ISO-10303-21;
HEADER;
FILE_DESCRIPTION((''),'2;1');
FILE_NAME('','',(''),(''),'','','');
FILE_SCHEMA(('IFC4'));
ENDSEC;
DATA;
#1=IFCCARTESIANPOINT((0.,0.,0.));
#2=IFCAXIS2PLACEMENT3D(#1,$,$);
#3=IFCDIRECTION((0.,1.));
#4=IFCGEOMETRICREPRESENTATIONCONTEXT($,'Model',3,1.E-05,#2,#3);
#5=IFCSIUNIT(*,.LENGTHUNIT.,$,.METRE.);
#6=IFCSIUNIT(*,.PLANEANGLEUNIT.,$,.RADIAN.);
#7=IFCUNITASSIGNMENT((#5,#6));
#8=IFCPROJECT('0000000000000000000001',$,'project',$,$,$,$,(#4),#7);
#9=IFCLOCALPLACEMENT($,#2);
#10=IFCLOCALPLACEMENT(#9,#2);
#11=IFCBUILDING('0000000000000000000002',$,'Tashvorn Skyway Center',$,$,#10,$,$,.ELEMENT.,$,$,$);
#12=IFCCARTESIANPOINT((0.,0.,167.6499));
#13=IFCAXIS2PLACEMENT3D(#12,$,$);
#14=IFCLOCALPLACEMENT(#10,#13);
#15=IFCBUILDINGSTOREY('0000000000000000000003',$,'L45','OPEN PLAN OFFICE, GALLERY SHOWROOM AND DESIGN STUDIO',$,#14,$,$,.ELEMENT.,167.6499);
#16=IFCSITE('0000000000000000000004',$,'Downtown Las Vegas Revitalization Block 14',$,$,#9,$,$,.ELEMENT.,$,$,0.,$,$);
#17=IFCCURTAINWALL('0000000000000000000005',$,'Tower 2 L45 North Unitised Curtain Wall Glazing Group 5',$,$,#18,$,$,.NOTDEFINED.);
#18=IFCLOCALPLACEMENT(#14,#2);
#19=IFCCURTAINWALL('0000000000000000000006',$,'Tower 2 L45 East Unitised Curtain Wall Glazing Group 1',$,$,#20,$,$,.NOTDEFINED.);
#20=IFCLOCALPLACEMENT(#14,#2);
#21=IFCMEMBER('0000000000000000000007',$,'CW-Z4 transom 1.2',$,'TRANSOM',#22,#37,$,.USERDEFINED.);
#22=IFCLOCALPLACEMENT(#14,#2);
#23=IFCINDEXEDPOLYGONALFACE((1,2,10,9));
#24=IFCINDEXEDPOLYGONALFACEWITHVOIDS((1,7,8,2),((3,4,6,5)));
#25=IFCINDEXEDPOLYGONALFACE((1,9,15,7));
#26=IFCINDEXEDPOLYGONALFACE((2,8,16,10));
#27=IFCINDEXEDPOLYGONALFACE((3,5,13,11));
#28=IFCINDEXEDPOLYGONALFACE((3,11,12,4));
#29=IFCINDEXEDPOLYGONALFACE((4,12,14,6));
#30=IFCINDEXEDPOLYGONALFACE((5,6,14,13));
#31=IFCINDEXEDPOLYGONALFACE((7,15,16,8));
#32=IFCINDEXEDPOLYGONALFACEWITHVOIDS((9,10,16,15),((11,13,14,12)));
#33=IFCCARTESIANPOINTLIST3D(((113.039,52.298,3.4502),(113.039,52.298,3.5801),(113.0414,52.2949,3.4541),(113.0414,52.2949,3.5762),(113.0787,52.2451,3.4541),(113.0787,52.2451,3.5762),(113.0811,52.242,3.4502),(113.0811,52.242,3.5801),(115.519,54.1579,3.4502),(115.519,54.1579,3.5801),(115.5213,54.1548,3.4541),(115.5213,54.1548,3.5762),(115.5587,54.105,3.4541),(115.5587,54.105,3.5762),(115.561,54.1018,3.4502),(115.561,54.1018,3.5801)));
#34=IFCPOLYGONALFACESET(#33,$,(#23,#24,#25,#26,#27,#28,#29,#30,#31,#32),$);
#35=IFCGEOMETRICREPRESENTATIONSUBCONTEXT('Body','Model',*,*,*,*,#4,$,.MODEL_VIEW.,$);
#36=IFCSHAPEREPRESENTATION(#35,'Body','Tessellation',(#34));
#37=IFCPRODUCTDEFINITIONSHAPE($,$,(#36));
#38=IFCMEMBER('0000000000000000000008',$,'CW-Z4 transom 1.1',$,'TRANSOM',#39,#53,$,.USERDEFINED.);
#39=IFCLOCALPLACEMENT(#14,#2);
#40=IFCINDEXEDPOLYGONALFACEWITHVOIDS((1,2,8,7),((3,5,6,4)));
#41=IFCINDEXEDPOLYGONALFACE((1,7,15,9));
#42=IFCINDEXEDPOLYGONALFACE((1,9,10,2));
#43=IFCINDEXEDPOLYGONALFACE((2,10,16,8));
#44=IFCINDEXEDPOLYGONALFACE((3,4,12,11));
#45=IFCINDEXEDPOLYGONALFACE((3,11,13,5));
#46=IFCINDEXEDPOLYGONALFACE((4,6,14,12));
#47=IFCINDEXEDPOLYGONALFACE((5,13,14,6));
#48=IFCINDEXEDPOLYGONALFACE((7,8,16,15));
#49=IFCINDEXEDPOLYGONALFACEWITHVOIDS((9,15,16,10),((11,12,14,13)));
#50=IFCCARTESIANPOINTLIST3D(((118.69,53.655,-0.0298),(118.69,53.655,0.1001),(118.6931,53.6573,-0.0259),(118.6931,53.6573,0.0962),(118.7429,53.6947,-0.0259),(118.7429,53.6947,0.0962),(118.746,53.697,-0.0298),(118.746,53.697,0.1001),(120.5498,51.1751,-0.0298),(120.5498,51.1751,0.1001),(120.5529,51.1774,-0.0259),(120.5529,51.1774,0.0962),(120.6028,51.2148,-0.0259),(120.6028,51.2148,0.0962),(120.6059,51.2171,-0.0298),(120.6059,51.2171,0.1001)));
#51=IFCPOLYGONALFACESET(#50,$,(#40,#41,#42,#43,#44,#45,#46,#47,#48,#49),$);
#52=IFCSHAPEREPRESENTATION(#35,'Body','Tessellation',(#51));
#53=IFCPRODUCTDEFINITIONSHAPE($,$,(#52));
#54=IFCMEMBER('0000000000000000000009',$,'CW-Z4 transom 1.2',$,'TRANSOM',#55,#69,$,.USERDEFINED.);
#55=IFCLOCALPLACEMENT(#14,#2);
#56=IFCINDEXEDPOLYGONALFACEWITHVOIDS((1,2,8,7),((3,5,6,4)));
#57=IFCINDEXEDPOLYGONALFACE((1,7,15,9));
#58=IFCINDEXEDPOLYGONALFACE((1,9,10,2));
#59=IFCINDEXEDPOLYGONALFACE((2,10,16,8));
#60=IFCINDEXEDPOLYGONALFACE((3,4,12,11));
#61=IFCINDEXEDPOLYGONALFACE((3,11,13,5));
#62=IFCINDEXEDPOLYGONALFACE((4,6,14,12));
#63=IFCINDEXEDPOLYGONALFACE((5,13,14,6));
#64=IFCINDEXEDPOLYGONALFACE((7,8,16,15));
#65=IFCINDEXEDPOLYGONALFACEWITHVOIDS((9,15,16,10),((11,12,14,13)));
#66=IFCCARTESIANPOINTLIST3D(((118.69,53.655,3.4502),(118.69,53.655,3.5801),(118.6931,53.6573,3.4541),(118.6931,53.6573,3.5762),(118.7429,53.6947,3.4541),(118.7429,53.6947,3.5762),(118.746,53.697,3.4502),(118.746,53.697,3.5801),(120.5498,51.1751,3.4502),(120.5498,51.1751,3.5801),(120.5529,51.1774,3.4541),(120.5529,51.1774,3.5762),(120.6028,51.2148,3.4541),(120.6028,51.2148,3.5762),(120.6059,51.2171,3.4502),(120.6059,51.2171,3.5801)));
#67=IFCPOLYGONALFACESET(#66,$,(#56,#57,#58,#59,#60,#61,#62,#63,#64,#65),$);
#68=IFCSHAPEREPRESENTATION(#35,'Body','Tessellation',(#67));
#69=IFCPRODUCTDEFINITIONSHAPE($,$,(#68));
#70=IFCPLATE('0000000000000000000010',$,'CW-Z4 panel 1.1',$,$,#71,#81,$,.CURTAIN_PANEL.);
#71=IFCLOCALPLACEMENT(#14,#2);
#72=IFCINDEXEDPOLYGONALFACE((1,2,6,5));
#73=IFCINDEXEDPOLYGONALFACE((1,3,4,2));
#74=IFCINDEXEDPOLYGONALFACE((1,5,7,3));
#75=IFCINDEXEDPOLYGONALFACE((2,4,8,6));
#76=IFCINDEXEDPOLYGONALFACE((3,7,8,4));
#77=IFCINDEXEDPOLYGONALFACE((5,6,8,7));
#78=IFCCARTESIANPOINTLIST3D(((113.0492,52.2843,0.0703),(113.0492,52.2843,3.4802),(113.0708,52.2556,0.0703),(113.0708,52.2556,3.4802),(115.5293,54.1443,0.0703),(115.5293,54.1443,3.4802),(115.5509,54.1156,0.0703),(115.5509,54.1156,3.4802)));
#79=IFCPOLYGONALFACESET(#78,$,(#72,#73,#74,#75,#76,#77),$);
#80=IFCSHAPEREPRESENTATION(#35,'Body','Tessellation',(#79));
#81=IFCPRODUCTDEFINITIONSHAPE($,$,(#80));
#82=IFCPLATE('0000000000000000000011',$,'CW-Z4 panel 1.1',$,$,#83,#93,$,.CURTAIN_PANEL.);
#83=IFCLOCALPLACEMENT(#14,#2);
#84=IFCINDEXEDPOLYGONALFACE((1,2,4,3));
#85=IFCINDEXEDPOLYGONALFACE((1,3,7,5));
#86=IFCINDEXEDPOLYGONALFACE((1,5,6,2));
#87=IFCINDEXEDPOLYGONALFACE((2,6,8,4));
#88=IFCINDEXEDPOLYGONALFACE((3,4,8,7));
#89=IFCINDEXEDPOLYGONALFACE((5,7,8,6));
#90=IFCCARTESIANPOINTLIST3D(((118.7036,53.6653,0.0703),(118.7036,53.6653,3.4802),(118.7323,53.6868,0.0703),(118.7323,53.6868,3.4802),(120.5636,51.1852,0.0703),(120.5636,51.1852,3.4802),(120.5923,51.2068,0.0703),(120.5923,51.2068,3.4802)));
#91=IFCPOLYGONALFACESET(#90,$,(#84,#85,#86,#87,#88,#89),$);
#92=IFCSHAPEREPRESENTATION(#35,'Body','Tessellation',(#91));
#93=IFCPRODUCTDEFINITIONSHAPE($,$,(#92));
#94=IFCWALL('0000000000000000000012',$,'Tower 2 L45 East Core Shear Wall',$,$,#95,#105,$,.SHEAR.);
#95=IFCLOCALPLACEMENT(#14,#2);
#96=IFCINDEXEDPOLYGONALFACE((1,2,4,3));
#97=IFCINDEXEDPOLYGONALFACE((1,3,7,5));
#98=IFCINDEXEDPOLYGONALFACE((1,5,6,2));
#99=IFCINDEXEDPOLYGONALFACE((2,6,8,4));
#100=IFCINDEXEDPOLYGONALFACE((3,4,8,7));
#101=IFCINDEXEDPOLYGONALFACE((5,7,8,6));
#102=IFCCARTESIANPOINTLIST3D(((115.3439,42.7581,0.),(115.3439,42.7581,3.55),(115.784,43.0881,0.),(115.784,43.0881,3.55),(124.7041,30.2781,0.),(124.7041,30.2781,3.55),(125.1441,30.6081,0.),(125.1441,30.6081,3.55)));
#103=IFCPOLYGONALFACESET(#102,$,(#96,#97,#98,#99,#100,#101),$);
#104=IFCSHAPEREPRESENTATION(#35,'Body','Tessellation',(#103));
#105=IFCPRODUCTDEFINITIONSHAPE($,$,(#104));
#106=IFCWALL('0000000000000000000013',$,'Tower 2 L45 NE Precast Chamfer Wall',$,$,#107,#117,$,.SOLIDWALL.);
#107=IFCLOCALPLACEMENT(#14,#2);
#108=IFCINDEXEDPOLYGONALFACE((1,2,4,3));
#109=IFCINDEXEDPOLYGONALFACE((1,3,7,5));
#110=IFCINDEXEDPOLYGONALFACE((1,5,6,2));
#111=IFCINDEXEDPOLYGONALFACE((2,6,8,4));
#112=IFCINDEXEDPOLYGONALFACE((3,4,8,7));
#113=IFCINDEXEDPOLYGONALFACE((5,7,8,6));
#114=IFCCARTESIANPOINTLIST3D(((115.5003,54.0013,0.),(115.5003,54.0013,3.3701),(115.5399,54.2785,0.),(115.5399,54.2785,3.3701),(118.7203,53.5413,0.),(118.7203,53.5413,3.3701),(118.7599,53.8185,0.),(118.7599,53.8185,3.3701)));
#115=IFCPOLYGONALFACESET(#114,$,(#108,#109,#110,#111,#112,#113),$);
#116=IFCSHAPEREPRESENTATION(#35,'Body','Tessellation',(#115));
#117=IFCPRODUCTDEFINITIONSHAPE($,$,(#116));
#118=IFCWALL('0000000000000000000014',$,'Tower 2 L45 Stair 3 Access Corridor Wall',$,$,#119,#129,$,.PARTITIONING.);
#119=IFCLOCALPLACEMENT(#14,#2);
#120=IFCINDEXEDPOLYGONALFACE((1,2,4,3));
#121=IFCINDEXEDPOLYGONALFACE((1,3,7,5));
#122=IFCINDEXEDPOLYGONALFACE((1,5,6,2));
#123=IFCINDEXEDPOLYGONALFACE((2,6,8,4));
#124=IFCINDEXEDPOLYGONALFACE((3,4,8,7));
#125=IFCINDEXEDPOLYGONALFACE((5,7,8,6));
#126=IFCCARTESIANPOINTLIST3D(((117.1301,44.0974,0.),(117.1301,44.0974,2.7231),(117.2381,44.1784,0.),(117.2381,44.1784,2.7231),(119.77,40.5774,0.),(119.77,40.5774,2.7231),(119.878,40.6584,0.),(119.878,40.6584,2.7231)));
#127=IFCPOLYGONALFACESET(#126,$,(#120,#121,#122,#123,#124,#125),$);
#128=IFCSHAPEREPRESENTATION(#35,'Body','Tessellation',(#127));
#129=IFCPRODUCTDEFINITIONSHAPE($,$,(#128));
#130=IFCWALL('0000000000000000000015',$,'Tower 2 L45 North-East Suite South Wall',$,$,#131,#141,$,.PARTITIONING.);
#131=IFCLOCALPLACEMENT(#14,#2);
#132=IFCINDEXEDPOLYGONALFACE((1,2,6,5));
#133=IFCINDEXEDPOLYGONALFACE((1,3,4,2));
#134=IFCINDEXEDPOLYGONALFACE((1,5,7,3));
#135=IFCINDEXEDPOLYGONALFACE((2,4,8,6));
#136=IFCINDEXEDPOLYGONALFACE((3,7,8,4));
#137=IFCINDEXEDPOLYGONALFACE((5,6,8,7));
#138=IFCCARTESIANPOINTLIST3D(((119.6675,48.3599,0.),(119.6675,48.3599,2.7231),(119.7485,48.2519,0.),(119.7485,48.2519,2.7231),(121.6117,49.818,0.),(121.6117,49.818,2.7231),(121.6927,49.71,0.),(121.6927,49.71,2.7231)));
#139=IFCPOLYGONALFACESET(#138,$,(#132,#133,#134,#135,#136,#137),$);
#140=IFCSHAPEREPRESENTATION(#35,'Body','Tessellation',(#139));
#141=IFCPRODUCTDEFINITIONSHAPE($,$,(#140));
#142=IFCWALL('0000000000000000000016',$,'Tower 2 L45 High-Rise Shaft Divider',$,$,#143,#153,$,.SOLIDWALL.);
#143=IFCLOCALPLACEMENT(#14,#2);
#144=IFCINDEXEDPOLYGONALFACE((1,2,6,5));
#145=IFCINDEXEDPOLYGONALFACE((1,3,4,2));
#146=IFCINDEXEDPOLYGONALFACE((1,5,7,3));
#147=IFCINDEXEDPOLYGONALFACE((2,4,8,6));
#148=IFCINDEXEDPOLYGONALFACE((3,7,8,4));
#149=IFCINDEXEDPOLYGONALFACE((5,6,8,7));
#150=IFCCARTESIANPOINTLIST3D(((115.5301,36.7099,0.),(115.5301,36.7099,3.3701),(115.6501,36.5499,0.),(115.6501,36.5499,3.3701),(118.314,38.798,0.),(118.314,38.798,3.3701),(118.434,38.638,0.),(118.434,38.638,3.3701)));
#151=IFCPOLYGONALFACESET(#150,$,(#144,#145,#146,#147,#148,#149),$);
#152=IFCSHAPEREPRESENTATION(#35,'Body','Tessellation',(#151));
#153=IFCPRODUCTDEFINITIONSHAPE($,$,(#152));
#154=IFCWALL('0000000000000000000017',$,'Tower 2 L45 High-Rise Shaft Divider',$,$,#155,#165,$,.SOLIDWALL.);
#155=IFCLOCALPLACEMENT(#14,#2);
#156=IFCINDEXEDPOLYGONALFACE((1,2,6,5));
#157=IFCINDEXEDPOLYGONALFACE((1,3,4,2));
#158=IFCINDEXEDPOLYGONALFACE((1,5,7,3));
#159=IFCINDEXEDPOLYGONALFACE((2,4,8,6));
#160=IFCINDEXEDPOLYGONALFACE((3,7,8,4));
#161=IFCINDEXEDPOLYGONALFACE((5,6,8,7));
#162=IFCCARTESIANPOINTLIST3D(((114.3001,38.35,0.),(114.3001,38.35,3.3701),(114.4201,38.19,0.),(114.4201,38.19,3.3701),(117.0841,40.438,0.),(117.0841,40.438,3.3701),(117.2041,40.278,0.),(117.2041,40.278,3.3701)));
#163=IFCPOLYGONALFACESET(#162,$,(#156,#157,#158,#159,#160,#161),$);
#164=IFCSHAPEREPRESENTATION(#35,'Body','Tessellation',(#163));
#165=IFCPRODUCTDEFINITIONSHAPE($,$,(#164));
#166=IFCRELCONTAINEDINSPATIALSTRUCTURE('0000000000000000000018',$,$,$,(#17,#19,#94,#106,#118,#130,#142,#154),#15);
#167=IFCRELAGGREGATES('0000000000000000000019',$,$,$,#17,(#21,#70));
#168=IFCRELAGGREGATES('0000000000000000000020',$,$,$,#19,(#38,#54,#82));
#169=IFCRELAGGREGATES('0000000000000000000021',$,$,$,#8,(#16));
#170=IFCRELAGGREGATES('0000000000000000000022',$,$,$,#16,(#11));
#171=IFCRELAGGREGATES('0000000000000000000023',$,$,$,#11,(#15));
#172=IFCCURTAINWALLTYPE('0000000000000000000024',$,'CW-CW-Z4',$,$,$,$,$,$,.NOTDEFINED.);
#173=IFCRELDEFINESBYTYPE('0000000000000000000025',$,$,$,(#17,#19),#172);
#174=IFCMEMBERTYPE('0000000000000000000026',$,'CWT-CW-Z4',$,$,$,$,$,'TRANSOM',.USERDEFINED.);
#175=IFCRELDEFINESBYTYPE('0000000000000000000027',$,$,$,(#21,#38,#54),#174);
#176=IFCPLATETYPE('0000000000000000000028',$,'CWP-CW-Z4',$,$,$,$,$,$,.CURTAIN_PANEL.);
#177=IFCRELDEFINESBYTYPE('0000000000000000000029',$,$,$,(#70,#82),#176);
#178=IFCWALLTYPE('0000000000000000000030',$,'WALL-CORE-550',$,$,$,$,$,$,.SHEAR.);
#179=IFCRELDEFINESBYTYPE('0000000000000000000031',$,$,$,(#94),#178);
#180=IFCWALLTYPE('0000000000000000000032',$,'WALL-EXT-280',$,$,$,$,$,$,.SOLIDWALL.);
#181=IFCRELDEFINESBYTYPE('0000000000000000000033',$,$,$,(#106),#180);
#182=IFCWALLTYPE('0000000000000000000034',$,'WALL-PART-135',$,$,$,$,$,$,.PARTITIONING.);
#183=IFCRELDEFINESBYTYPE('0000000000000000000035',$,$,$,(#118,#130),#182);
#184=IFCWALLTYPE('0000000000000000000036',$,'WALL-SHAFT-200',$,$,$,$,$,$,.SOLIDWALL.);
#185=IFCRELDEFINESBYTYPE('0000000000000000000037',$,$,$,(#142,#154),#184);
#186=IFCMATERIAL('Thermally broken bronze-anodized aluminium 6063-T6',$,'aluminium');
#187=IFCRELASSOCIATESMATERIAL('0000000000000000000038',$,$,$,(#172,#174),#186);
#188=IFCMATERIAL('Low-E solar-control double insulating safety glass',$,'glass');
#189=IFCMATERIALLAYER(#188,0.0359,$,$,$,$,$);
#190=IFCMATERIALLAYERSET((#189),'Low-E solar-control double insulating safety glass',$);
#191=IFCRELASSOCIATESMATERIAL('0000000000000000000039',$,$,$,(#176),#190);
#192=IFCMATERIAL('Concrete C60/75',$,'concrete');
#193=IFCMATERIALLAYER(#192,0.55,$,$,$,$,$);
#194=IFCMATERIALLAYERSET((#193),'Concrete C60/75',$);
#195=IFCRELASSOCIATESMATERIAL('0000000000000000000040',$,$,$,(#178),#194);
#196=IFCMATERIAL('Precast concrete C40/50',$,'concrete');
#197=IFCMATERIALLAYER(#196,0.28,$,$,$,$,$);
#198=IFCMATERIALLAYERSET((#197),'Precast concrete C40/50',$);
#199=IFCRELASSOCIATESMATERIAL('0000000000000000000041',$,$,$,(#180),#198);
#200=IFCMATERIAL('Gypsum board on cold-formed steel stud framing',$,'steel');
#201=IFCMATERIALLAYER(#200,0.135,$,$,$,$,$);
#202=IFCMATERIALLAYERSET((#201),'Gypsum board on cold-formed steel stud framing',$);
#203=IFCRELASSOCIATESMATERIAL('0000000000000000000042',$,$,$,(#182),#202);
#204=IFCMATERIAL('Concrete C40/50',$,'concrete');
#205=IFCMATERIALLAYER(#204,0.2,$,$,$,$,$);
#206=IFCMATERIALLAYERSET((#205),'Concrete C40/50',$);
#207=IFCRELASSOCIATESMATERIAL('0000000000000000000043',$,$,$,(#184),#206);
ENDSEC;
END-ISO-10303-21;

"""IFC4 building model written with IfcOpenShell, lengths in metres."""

from ifc_helpers import new_model, si_unit, direction, frame, frame_2d, origin, origin_2d, place, context, subcontext, project, spatial, rectangle, hollow_rectangle, extrude, material, layer, layer_set, material_profile, profile_set, type_object, element, aggregate, save


model = new_model("IFC4")

# Units and contexts
model_context = context("Model", 3, precision=1e-05, world=origin(), true_north=direction((0.0, 1.0)))
body_context = subcontext(model_context, "Body", "Model", "MODEL_VIEW")
ifc_project = project(units=[si_unit("LENGTHUNIT", "METRE"), si_unit("PLANEANGLEUNIT", "RADIAN")], contexts=[model_context])

# Site, building, storey
site_placement = place(None, origin())
site = spatial("IfcSite", under=ifc_project, at=site_placement, Name="Downtown Las Vegas Revitalization Block 14", CompositionType="ELEMENT", RefElevation=0.0)
building_placement = place(site_placement, origin())
building = spatial("IfcBuilding", under=site, at=building_placement, Name="Tashvorn Skyway Center", CompositionType="ELEMENT")
storey_placement = place(building_placement, frame((0.0, 0.0, 167.6499)))
storey = spatial("IfcBuildingStorey", under=building, at=storey_placement, Name="L45", Description="OPEN PLAN OFFICE, GALLERY SHOWROOM AND DESIGN STUDIO", CompositionType="ELEMENT", Elevation=167.6499)

# Curtain walls
ifc_material_1 = material(Name="Thermally broken bronze-anodized aluminium 6063-T6", Category="aluminium")
curtain_wall_type = type_object("IfcCurtainWallType", Name="CW-CW-Z4", PredefinedType="NOTDEFINED", material=ifc_material_1)
curtain_wall_1_placement = place(storey_placement, origin())
curtain_wall_1 = element("IfcCurtainWall", 1, at=curtain_wall_1_placement, inside=storey, type_object=curtain_wall_type, Name="Tower 2 L45 North Unitised Curtain Wall Glazing Group 5", PredefinedType="NOTDEFINED")
curtain_wall_2_placement = place(storey_placement, origin())
curtain_wall_2 = element("IfcCurtainWall", 2, at=curtain_wall_2_placement, inside=storey, type_object=curtain_wall_type, Name="Tower 2 L45 East Unitised Curtain Wall Glazing Group 1", PredefinedType="NOTDEFINED")

# Members
ifc_material_profile_1 = material_profile(ifc_material_1, hollow_rectangle(XDim=0.0701, YDim=0.1299, WallThickness=0.0039, at=origin_2d()), Name="ALU-TRAN-70x130")
ifc_profile_set_1 = profile_set([ifc_material_profile_1], Name="Thermally broken bronze-anodized aluminium 6063-T6")
member_type_1 = type_object("IfcMemberType", Name="CWT-CW-Z4", ElementType="TRANSOM", PredefinedType="USERDEFINED", material=ifc_profile_set_1)
member_1_placement = place(storey_placement, frame((113.0601, 52.27, 3.5151), z_axis=(0.800019, 0.599975, 0.0), x_axis=(-0.599975, 0.800019, 0.0)))
member_1 = element("IfcMember", 3, at=member_1_placement, type_object=member_type_1, Name="CW-Z4 transom 1.2", ObjectType="TRANSOM", PredefinedType="USERDEFINED", context=body_context, shape_type="SweptSolid", body=[
    extrude(hollow_rectangle(XDim=0.0701, YDim=0.1299, WallThickness=0.0039, at=origin_2d()), origin(), (0.0, 0.0, 1.0), 3.0999),
])
member_2_placement = place(storey_placement, frame((118.718, 53.676, 0.0352), z_axis=(0.599975, -0.800019, 0.0), x_axis=(0.800019, 0.599975, 0.0)))
member_2 = element("IfcMember", 4, at=member_2_placement, type_object=member_type_1, Name="CW-Z4 transom 1.1", ObjectType="TRANSOM", PredefinedType="USERDEFINED", context=body_context, shape_type="SweptSolid", body=[
    extrude(hollow_rectangle(XDim=0.0701, YDim=0.1299, WallThickness=0.0039, at=origin_2d()), origin(), (0.0, 0.0, 1.0), 3.0999),
])
member_3_placement = place(storey_placement, frame((118.718, 53.676, 3.5151), z_axis=(0.599975, -0.800019, 0.0), x_axis=(0.800019, 0.599975, 0.0)))
member_3 = element("IfcMember", 5, at=member_3_placement, type_object=member_type_1, Name="CW-Z4 transom 1.2", ObjectType="TRANSOM", PredefinedType="USERDEFINED", context=body_context, shape_type="SweptSolid", body=[
    extrude(hollow_rectangle(XDim=0.0701, YDim=0.1299, WallThickness=0.0039, at=origin_2d()), origin(), (0.0, 0.0, 1.0), 3.0999),
])

# Plates
ifc_material_2 = material(Name="Low-E solar-control double insulating safety glass", Category="glass")
ifc_layer_1 = layer(ifc_material_2, 0.0359)
ifc_layer_set_1 = layer_set([ifc_layer_1], Name="Low-E solar-control double insulating safety glass")
plate_type = type_object("IfcPlateType", Name="CWP-CW-Z4", PredefinedType="CURTAIN_PANEL", material=ifc_layer_set_1)
plate_1_placement = place(storey_placement, frame((114.3, 53.2, 0.0703), z_axis=(0.0, 0.0, 1.0), x_axis=(0.8, 0.6, 0.0)))
plate_1 = element("IfcPlate", 6, at=plate_1_placement, type_object=plate_type, Name="CW-Z4 panel 1.1", PredefinedType="CURTAIN_PANEL", context=body_context, shape_type="SweptSolid", body=[
    extrude(rectangle(XDim=3.1001, YDim=0.0359, at=origin_2d()), origin(), (0.0, 0.0, 1.0), 3.4099),
])
aggregate(curtain_wall_1, [member_1, plate_1])
plate_2_placement = place(storey_placement, frame((119.6479, 52.436, 0.0703), z_axis=(0.0, 0.0, 1.0), x_axis=(0.6, -0.8, 0.0)))
plate_2 = element("IfcPlate", 7, at=plate_2_placement, type_object=plate_type, Name="CW-Z4 panel 1.1", PredefinedType="CURTAIN_PANEL", context=body_context, shape_type="SweptSolid", body=[
    extrude(rectangle(XDim=3.1001, YDim=0.0359, at=origin_2d()), origin(), (0.0, 0.0, 1.0), 3.4099),
])
aggregate(curtain_wall_2, [member_2, member_3, plate_2])

# Walls
ifc_material_3 = material(Name="Concrete C60/75", Category="concrete")
ifc_layer_2 = layer(ifc_material_3, 0.55)
ifc_layer_set_2 = layer_set([ifc_layer_2], Name="Concrete C60/75")
wall_type_1 = type_object("IfcWallType", Name="WALL-CORE-550", PredefinedType="SHEAR", material=ifc_layer_set_2)
wall_1_placement = place(storey_placement, frame((115.564, 42.9231, 0.0), z_axis=(0.0, 0.0, 1.0), x_axis=(0.600005, -0.799996, 0.0)))
element("IfcWall", 8, at=wall_1_placement, inside=storey, type_object=wall_type_1, Name="Tower 2 L45 East Core Shear Wall", PredefinedType="SHEAR", context=body_context, shape_type="SweptSolid", body=[
    extrude(rectangle(XDim=15.6001, YDim=0.55, at=frame_2d((7.8, 0.0))), origin(), (0.0, 0.0, 1.0), 3.55),
])
ifc_material_4 = material(Name="Precast concrete C40/50", Category="concrete")
ifc_layer_3 = layer(ifc_material_4, 0.28)
ifc_layer_set_3 = layer_set([ifc_layer_3], Name="Precast concrete C40/50")
wall_type_2 = type_object("IfcWallType", Name="WALL-EXT-280", PredefinedType="SOLIDWALL", material=ifc_layer_set_3)
wall_2_placement = place(storey_placement, frame((115.52, 54.1399, 0.0), z_axis=(0.0, 0.0, 1.0), x_axis=(0.989951, -0.141411, 0.0)))
element("IfcWall", 9, at=wall_2_placement, inside=storey, type_object=wall_type_2, Name="Tower 2 L45 NE Precast Chamfer Wall", PredefinedType="SOLIDWALL", context=body_context, shape_type="SweptSolid", body=[
    extrude(rectangle(XDim=3.2527, YDim=0.28, at=frame_2d((1.6265, 0.0))), origin(), (0.0, 0.0, 1.0), 3.3701),
])
ifc_material_5 = material(Name="Gypsum board on cold-formed steel stud framing", Category="steel")
ifc_layer_4 = layer(ifc_material_5, 0.135)
ifc_layer_set_4 = layer_set([ifc_layer_4], Name="Gypsum board on cold-formed steel stud framing")
wall_type_3 = type_object("IfcWallType", Name="WALL-PART-135", PredefinedType="PARTITIONING", material=ifc_layer_set_4)
wall_3_placement = place(storey_placement, frame((119.824, 40.6179, 0.0), z_axis=(0.0, 0.0, 1.0), x_axis=(-0.599982, 0.800013, 0.0)))
element("IfcWall", 10, at=wall_3_placement, inside=storey, type_object=wall_type_3, Name="Tower 2 L45 Stair 3 Access Corridor Wall", PredefinedType="PARTITIONING", context=body_context, shape_type="SweptSolid", body=[
    extrude(rectangle(XDim=4.3999, YDim=0.135, at=frame_2d((2.2, 0.0))), origin(), (0.0, 0.0, 1.0), 2.7231),
])
wall_4_placement = place(storey_placement, frame((119.708, 48.3059, 0.0), z_axis=(0.0, 0.0, 1.0), x_axis=(0.800012, 0.599984, 0.0)))
element("IfcWall", 11, at=wall_4_placement, inside=storey, type_object=wall_type_3, Name="Tower 2 L45 North-East Suite South Wall", PredefinedType="PARTITIONING", context=body_context, shape_type="SweptSolid", body=[
    extrude(rectangle(XDim=2.4302, YDim=0.135, at=frame_2d((1.2151, 0.0))), origin(), (0.0, 0.0, 1.0), 2.7231),
])
ifc_material_6 = material(Name="Concrete C40/50", Category="concrete")
ifc_layer_5 = layer(ifc_material_6, 0.2)
ifc_layer_set_5 = layer_set([ifc_layer_5], Name="Concrete C40/50")
wall_type_4 = type_object("IfcWallType", Name="WALL-SHAFT-200", PredefinedType="SOLIDWALL", material=ifc_layer_set_5)
for number, where, z_axis, x_axis, name in (
    (12, (115.5901, 36.6299, 0.0), (0.0, 0.0, 1.0), (0.799975, 0.600034, 0.0), "Tower 2 L45 High-Rise Shaft Divider"),
    (13, (114.3601, 38.27, 0.0), (0.0, 0.0, 1.0), (0.800008, 0.599989, 0.0), "Tower 2 L45 High-Rise Shaft Divider"),
):
    element("IfcWall", number, at=place(storey_placement, frame(where, z_axis=z_axis, x_axis=x_axis)), inside=storey, type_object=wall_type_4, Name=name, PredefinedType="SOLIDWALL", context=body_context, shape_type="SweptSolid", body=[
        extrude(rectangle(XDim=3.48, YDim=0.2, at=frame_2d((1.74, 0.0))), origin(), (0.0, 0.0, 1.0), 3.3701),
    ])

save(model, "model.ifc")
